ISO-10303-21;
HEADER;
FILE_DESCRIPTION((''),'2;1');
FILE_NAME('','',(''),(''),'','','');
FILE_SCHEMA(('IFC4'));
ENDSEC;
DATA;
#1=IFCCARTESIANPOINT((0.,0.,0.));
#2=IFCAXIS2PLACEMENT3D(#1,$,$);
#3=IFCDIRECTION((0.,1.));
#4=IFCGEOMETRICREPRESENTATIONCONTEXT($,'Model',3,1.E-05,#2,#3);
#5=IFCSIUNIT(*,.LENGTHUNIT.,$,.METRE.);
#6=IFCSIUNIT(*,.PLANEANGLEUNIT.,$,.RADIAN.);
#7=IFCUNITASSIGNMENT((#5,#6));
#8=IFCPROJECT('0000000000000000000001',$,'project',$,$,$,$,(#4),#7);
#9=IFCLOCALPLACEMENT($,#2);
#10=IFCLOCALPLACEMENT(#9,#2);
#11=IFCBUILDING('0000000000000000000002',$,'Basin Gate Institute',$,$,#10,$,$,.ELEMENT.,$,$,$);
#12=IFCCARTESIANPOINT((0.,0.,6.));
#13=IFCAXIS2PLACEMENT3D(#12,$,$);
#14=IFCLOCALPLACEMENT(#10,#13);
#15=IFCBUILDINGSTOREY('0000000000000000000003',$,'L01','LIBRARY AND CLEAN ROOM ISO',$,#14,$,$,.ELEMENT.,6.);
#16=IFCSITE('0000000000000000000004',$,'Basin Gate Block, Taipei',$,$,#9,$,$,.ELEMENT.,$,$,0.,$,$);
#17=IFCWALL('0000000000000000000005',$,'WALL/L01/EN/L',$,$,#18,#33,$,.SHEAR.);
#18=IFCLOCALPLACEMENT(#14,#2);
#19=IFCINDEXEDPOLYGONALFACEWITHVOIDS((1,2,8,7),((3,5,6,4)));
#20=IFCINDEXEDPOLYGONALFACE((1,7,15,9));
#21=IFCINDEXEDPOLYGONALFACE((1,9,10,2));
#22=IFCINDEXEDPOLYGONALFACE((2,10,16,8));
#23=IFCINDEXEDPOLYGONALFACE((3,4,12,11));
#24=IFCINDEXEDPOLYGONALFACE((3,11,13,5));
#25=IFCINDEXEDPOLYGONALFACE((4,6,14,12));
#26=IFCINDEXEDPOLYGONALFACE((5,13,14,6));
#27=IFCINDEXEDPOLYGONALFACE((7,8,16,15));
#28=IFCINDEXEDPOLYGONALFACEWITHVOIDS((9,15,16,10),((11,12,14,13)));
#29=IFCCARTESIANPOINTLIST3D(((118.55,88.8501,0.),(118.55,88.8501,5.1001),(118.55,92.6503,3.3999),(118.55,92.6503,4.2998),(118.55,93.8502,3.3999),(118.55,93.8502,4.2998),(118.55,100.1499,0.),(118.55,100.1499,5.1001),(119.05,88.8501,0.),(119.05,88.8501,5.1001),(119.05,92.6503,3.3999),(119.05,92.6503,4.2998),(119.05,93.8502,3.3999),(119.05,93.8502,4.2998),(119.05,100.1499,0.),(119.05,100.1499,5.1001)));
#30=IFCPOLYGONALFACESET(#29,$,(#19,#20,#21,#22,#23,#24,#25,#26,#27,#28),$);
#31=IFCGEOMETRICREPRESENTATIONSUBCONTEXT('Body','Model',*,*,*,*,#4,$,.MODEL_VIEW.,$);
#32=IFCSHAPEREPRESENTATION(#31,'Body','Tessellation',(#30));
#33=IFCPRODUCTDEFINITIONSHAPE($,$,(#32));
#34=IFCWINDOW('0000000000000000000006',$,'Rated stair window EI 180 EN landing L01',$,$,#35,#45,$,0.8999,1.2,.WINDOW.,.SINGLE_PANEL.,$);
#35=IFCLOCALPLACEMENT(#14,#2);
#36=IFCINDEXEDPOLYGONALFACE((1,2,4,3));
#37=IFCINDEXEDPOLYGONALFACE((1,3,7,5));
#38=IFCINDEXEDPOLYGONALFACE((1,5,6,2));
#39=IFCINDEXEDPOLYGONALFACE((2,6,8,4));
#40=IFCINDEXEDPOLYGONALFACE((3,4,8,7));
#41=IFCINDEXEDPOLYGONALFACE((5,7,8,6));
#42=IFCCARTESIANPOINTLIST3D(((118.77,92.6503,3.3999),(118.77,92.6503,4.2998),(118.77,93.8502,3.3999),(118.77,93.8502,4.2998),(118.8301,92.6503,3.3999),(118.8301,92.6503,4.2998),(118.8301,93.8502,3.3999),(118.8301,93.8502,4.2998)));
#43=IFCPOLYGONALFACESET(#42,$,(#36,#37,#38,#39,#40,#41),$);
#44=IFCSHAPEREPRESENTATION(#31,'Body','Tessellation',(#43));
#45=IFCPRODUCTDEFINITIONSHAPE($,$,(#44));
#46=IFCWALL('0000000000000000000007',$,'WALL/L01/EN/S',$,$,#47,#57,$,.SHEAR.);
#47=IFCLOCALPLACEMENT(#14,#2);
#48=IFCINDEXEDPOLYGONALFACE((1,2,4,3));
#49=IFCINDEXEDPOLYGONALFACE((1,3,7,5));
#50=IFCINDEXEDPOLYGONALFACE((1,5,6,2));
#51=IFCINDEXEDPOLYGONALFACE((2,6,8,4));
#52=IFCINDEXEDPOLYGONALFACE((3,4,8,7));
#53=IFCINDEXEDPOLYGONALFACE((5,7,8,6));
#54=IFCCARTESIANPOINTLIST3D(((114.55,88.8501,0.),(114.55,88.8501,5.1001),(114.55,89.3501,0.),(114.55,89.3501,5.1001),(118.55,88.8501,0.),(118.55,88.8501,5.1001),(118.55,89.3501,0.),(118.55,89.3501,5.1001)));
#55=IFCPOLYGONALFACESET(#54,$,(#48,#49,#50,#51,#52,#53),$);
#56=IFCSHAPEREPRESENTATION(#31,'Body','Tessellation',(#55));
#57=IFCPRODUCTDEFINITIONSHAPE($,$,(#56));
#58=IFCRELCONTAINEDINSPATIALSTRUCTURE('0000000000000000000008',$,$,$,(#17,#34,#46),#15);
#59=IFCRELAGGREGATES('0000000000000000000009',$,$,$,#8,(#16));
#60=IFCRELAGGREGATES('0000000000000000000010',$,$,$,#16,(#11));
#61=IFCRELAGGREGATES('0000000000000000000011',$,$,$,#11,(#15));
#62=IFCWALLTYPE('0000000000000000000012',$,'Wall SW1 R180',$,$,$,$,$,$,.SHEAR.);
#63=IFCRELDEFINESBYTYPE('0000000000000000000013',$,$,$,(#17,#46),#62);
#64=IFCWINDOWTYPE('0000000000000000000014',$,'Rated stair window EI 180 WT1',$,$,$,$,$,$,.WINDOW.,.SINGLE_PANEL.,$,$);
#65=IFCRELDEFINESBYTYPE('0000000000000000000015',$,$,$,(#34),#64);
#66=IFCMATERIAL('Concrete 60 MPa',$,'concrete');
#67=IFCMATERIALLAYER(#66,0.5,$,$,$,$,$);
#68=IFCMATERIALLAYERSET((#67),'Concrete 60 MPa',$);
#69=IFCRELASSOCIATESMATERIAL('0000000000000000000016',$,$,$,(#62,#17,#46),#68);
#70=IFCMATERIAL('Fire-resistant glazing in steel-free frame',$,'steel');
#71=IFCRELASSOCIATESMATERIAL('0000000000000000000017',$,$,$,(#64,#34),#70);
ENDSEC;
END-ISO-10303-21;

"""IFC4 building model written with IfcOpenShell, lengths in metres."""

from ifc_helpers import new_model, si_unit, direction, frame, frame_2d, origin, place, context, subcontext, project, spatial, rectangle, extrude, material, layer, layer_set, type_object, element, fill, save


model = new_model("IFC4")

# Units and contexts
model_context = context("Model", 3, precision=1e-05, world=origin(), true_north=direction((0.0, 1.0)))
body_context = subcontext(model_context, "Body", "Model", "MODEL_VIEW")
ifc_project = project(units=[si_unit("LENGTHUNIT", "METRE"), si_unit("PLANEANGLEUNIT", "RADIAN")], contexts=[model_context])

# Site, building, storey
site_placement = place(None, origin())
site = spatial("IfcSite", under=ifc_project, at=site_placement, Name="Basin Gate Block, Taipei", CompositionType="ELEMENT", RefElevation=0.0)
building_placement = place(site_placement, origin())
building = spatial("IfcBuilding", under=site, at=building_placement, Name="Basin Gate Institute", CompositionType="ELEMENT")
storey_placement = place(building_placement, frame((0.0, 0.0, 6.0)))
storey = spatial("IfcBuildingStorey", under=building, at=storey_placement, Name="L01", Description="LIBRARY AND CLEAN ROOM ISO", CompositionType="ELEMENT", Elevation=6.0)

# Wall, opening, window
ifc_material_1 = material(Name="Concrete 60 MPa", Category="concrete")
ifc_layer_1 = layer(ifc_material_1, 0.5)
ifc_layer_set_1 = layer_set([ifc_layer_1], Name="Concrete 60 MPa")
wall_type_1 = type_object("IfcWallType", Name="Wall SW1 R180", PredefinedType="SHEAR", material=ifc_layer_set_1)
wall_1_placement = place(storey_placement, frame((118.8, 88.8501, 0.0), z_axis=(0.0, 0.0, 1.0), x_axis=(0.0, 1.0, 0.0)))
wall_1 = element("IfcWall", 1, at=wall_1_placement, inside=storey, type_object=wall_type_1, material=ifc_layer_set_1, Name="WALL/L01/EN/L", PredefinedType="SHEAR", context=body_context, shape_type="SweptSolid", body=[
    extrude(rectangle(XDim=11.2998, YDim=0.5, at=frame_2d((5.6499, 0.0))), origin(), (0.0, 0.0, 1.0), 5.1001),
])
opening_placement = place(wall_1_placement, frame((3.8, 0.0, 3.3999)))
opening = element("IfcOpeningElement", 2, at=opening_placement, cuts=wall_1, PredefinedType="OPENING", context=body_context, shape_type="SweptSolid", body=[
    extrude(rectangle(XDim=1.2, YDim=0.8999, at=frame_2d((0.6001, 0.45))), frame((0.0, 0.26, 0.0), z_axis=(0.0, -1.0, 0.0), x_axis=(1.0, 0.0, 0.0)), (0.0, 0.0, 1.0), 0.52),
])
ifc_material_2 = material(Name="Fire-resistant glazing in steel-free frame", Category="steel")
window_type = type_object("IfcWindowType", Name="Rated stair window EI 180 WT1", PartitioningType="SINGLE_PANEL", PredefinedType="WINDOW", material=ifc_material_2)
window_placement = place(opening_placement, origin())
window = element("IfcWindow", 3, at=window_placement, inside=storey, type_object=window_type, material=ifc_material_2, Name="Rated stair window EI 180 EN landing L01", OverallHeight=0.8999, OverallWidth=1.2, PartitioningType="SINGLE_PANEL", PredefinedType="WINDOW", context=body_context, shape_type="SweptSolid", body=[
    extrude(rectangle(XDim=1.2, YDim=0.8999, at=frame_2d((0.6001, 0.45))), frame((0.0, 0.03, 0.0), z_axis=(0.0, -1.0, 0.0), x_axis=(1.0, 0.0, 0.0)), (0.0, 0.0, 1.0), 0.0601),
])
fill(opening, window)

# Wall
wall_2_placement = place(storey_placement, frame((118.55, 89.1001, 0.0), z_axis=(0.0, 0.0, 1.0), x_axis=(-1.0, 0.0, 0.0)))
element("IfcWall", 4, at=wall_2_placement, inside=storey, type_object=wall_type_1, material=ifc_layer_set_1, Name="WALL/L01/EN/S", PredefinedType="SHEAR", context=body_context, shape_type="SweptSolid", body=[
    extrude(rectangle(XDim=4.0, YDim=0.5, at=frame_2d((2.0, 0.0))), origin(), (0.0, 0.0, 1.0), 5.1001),
])

save(model, "model.ifc")
